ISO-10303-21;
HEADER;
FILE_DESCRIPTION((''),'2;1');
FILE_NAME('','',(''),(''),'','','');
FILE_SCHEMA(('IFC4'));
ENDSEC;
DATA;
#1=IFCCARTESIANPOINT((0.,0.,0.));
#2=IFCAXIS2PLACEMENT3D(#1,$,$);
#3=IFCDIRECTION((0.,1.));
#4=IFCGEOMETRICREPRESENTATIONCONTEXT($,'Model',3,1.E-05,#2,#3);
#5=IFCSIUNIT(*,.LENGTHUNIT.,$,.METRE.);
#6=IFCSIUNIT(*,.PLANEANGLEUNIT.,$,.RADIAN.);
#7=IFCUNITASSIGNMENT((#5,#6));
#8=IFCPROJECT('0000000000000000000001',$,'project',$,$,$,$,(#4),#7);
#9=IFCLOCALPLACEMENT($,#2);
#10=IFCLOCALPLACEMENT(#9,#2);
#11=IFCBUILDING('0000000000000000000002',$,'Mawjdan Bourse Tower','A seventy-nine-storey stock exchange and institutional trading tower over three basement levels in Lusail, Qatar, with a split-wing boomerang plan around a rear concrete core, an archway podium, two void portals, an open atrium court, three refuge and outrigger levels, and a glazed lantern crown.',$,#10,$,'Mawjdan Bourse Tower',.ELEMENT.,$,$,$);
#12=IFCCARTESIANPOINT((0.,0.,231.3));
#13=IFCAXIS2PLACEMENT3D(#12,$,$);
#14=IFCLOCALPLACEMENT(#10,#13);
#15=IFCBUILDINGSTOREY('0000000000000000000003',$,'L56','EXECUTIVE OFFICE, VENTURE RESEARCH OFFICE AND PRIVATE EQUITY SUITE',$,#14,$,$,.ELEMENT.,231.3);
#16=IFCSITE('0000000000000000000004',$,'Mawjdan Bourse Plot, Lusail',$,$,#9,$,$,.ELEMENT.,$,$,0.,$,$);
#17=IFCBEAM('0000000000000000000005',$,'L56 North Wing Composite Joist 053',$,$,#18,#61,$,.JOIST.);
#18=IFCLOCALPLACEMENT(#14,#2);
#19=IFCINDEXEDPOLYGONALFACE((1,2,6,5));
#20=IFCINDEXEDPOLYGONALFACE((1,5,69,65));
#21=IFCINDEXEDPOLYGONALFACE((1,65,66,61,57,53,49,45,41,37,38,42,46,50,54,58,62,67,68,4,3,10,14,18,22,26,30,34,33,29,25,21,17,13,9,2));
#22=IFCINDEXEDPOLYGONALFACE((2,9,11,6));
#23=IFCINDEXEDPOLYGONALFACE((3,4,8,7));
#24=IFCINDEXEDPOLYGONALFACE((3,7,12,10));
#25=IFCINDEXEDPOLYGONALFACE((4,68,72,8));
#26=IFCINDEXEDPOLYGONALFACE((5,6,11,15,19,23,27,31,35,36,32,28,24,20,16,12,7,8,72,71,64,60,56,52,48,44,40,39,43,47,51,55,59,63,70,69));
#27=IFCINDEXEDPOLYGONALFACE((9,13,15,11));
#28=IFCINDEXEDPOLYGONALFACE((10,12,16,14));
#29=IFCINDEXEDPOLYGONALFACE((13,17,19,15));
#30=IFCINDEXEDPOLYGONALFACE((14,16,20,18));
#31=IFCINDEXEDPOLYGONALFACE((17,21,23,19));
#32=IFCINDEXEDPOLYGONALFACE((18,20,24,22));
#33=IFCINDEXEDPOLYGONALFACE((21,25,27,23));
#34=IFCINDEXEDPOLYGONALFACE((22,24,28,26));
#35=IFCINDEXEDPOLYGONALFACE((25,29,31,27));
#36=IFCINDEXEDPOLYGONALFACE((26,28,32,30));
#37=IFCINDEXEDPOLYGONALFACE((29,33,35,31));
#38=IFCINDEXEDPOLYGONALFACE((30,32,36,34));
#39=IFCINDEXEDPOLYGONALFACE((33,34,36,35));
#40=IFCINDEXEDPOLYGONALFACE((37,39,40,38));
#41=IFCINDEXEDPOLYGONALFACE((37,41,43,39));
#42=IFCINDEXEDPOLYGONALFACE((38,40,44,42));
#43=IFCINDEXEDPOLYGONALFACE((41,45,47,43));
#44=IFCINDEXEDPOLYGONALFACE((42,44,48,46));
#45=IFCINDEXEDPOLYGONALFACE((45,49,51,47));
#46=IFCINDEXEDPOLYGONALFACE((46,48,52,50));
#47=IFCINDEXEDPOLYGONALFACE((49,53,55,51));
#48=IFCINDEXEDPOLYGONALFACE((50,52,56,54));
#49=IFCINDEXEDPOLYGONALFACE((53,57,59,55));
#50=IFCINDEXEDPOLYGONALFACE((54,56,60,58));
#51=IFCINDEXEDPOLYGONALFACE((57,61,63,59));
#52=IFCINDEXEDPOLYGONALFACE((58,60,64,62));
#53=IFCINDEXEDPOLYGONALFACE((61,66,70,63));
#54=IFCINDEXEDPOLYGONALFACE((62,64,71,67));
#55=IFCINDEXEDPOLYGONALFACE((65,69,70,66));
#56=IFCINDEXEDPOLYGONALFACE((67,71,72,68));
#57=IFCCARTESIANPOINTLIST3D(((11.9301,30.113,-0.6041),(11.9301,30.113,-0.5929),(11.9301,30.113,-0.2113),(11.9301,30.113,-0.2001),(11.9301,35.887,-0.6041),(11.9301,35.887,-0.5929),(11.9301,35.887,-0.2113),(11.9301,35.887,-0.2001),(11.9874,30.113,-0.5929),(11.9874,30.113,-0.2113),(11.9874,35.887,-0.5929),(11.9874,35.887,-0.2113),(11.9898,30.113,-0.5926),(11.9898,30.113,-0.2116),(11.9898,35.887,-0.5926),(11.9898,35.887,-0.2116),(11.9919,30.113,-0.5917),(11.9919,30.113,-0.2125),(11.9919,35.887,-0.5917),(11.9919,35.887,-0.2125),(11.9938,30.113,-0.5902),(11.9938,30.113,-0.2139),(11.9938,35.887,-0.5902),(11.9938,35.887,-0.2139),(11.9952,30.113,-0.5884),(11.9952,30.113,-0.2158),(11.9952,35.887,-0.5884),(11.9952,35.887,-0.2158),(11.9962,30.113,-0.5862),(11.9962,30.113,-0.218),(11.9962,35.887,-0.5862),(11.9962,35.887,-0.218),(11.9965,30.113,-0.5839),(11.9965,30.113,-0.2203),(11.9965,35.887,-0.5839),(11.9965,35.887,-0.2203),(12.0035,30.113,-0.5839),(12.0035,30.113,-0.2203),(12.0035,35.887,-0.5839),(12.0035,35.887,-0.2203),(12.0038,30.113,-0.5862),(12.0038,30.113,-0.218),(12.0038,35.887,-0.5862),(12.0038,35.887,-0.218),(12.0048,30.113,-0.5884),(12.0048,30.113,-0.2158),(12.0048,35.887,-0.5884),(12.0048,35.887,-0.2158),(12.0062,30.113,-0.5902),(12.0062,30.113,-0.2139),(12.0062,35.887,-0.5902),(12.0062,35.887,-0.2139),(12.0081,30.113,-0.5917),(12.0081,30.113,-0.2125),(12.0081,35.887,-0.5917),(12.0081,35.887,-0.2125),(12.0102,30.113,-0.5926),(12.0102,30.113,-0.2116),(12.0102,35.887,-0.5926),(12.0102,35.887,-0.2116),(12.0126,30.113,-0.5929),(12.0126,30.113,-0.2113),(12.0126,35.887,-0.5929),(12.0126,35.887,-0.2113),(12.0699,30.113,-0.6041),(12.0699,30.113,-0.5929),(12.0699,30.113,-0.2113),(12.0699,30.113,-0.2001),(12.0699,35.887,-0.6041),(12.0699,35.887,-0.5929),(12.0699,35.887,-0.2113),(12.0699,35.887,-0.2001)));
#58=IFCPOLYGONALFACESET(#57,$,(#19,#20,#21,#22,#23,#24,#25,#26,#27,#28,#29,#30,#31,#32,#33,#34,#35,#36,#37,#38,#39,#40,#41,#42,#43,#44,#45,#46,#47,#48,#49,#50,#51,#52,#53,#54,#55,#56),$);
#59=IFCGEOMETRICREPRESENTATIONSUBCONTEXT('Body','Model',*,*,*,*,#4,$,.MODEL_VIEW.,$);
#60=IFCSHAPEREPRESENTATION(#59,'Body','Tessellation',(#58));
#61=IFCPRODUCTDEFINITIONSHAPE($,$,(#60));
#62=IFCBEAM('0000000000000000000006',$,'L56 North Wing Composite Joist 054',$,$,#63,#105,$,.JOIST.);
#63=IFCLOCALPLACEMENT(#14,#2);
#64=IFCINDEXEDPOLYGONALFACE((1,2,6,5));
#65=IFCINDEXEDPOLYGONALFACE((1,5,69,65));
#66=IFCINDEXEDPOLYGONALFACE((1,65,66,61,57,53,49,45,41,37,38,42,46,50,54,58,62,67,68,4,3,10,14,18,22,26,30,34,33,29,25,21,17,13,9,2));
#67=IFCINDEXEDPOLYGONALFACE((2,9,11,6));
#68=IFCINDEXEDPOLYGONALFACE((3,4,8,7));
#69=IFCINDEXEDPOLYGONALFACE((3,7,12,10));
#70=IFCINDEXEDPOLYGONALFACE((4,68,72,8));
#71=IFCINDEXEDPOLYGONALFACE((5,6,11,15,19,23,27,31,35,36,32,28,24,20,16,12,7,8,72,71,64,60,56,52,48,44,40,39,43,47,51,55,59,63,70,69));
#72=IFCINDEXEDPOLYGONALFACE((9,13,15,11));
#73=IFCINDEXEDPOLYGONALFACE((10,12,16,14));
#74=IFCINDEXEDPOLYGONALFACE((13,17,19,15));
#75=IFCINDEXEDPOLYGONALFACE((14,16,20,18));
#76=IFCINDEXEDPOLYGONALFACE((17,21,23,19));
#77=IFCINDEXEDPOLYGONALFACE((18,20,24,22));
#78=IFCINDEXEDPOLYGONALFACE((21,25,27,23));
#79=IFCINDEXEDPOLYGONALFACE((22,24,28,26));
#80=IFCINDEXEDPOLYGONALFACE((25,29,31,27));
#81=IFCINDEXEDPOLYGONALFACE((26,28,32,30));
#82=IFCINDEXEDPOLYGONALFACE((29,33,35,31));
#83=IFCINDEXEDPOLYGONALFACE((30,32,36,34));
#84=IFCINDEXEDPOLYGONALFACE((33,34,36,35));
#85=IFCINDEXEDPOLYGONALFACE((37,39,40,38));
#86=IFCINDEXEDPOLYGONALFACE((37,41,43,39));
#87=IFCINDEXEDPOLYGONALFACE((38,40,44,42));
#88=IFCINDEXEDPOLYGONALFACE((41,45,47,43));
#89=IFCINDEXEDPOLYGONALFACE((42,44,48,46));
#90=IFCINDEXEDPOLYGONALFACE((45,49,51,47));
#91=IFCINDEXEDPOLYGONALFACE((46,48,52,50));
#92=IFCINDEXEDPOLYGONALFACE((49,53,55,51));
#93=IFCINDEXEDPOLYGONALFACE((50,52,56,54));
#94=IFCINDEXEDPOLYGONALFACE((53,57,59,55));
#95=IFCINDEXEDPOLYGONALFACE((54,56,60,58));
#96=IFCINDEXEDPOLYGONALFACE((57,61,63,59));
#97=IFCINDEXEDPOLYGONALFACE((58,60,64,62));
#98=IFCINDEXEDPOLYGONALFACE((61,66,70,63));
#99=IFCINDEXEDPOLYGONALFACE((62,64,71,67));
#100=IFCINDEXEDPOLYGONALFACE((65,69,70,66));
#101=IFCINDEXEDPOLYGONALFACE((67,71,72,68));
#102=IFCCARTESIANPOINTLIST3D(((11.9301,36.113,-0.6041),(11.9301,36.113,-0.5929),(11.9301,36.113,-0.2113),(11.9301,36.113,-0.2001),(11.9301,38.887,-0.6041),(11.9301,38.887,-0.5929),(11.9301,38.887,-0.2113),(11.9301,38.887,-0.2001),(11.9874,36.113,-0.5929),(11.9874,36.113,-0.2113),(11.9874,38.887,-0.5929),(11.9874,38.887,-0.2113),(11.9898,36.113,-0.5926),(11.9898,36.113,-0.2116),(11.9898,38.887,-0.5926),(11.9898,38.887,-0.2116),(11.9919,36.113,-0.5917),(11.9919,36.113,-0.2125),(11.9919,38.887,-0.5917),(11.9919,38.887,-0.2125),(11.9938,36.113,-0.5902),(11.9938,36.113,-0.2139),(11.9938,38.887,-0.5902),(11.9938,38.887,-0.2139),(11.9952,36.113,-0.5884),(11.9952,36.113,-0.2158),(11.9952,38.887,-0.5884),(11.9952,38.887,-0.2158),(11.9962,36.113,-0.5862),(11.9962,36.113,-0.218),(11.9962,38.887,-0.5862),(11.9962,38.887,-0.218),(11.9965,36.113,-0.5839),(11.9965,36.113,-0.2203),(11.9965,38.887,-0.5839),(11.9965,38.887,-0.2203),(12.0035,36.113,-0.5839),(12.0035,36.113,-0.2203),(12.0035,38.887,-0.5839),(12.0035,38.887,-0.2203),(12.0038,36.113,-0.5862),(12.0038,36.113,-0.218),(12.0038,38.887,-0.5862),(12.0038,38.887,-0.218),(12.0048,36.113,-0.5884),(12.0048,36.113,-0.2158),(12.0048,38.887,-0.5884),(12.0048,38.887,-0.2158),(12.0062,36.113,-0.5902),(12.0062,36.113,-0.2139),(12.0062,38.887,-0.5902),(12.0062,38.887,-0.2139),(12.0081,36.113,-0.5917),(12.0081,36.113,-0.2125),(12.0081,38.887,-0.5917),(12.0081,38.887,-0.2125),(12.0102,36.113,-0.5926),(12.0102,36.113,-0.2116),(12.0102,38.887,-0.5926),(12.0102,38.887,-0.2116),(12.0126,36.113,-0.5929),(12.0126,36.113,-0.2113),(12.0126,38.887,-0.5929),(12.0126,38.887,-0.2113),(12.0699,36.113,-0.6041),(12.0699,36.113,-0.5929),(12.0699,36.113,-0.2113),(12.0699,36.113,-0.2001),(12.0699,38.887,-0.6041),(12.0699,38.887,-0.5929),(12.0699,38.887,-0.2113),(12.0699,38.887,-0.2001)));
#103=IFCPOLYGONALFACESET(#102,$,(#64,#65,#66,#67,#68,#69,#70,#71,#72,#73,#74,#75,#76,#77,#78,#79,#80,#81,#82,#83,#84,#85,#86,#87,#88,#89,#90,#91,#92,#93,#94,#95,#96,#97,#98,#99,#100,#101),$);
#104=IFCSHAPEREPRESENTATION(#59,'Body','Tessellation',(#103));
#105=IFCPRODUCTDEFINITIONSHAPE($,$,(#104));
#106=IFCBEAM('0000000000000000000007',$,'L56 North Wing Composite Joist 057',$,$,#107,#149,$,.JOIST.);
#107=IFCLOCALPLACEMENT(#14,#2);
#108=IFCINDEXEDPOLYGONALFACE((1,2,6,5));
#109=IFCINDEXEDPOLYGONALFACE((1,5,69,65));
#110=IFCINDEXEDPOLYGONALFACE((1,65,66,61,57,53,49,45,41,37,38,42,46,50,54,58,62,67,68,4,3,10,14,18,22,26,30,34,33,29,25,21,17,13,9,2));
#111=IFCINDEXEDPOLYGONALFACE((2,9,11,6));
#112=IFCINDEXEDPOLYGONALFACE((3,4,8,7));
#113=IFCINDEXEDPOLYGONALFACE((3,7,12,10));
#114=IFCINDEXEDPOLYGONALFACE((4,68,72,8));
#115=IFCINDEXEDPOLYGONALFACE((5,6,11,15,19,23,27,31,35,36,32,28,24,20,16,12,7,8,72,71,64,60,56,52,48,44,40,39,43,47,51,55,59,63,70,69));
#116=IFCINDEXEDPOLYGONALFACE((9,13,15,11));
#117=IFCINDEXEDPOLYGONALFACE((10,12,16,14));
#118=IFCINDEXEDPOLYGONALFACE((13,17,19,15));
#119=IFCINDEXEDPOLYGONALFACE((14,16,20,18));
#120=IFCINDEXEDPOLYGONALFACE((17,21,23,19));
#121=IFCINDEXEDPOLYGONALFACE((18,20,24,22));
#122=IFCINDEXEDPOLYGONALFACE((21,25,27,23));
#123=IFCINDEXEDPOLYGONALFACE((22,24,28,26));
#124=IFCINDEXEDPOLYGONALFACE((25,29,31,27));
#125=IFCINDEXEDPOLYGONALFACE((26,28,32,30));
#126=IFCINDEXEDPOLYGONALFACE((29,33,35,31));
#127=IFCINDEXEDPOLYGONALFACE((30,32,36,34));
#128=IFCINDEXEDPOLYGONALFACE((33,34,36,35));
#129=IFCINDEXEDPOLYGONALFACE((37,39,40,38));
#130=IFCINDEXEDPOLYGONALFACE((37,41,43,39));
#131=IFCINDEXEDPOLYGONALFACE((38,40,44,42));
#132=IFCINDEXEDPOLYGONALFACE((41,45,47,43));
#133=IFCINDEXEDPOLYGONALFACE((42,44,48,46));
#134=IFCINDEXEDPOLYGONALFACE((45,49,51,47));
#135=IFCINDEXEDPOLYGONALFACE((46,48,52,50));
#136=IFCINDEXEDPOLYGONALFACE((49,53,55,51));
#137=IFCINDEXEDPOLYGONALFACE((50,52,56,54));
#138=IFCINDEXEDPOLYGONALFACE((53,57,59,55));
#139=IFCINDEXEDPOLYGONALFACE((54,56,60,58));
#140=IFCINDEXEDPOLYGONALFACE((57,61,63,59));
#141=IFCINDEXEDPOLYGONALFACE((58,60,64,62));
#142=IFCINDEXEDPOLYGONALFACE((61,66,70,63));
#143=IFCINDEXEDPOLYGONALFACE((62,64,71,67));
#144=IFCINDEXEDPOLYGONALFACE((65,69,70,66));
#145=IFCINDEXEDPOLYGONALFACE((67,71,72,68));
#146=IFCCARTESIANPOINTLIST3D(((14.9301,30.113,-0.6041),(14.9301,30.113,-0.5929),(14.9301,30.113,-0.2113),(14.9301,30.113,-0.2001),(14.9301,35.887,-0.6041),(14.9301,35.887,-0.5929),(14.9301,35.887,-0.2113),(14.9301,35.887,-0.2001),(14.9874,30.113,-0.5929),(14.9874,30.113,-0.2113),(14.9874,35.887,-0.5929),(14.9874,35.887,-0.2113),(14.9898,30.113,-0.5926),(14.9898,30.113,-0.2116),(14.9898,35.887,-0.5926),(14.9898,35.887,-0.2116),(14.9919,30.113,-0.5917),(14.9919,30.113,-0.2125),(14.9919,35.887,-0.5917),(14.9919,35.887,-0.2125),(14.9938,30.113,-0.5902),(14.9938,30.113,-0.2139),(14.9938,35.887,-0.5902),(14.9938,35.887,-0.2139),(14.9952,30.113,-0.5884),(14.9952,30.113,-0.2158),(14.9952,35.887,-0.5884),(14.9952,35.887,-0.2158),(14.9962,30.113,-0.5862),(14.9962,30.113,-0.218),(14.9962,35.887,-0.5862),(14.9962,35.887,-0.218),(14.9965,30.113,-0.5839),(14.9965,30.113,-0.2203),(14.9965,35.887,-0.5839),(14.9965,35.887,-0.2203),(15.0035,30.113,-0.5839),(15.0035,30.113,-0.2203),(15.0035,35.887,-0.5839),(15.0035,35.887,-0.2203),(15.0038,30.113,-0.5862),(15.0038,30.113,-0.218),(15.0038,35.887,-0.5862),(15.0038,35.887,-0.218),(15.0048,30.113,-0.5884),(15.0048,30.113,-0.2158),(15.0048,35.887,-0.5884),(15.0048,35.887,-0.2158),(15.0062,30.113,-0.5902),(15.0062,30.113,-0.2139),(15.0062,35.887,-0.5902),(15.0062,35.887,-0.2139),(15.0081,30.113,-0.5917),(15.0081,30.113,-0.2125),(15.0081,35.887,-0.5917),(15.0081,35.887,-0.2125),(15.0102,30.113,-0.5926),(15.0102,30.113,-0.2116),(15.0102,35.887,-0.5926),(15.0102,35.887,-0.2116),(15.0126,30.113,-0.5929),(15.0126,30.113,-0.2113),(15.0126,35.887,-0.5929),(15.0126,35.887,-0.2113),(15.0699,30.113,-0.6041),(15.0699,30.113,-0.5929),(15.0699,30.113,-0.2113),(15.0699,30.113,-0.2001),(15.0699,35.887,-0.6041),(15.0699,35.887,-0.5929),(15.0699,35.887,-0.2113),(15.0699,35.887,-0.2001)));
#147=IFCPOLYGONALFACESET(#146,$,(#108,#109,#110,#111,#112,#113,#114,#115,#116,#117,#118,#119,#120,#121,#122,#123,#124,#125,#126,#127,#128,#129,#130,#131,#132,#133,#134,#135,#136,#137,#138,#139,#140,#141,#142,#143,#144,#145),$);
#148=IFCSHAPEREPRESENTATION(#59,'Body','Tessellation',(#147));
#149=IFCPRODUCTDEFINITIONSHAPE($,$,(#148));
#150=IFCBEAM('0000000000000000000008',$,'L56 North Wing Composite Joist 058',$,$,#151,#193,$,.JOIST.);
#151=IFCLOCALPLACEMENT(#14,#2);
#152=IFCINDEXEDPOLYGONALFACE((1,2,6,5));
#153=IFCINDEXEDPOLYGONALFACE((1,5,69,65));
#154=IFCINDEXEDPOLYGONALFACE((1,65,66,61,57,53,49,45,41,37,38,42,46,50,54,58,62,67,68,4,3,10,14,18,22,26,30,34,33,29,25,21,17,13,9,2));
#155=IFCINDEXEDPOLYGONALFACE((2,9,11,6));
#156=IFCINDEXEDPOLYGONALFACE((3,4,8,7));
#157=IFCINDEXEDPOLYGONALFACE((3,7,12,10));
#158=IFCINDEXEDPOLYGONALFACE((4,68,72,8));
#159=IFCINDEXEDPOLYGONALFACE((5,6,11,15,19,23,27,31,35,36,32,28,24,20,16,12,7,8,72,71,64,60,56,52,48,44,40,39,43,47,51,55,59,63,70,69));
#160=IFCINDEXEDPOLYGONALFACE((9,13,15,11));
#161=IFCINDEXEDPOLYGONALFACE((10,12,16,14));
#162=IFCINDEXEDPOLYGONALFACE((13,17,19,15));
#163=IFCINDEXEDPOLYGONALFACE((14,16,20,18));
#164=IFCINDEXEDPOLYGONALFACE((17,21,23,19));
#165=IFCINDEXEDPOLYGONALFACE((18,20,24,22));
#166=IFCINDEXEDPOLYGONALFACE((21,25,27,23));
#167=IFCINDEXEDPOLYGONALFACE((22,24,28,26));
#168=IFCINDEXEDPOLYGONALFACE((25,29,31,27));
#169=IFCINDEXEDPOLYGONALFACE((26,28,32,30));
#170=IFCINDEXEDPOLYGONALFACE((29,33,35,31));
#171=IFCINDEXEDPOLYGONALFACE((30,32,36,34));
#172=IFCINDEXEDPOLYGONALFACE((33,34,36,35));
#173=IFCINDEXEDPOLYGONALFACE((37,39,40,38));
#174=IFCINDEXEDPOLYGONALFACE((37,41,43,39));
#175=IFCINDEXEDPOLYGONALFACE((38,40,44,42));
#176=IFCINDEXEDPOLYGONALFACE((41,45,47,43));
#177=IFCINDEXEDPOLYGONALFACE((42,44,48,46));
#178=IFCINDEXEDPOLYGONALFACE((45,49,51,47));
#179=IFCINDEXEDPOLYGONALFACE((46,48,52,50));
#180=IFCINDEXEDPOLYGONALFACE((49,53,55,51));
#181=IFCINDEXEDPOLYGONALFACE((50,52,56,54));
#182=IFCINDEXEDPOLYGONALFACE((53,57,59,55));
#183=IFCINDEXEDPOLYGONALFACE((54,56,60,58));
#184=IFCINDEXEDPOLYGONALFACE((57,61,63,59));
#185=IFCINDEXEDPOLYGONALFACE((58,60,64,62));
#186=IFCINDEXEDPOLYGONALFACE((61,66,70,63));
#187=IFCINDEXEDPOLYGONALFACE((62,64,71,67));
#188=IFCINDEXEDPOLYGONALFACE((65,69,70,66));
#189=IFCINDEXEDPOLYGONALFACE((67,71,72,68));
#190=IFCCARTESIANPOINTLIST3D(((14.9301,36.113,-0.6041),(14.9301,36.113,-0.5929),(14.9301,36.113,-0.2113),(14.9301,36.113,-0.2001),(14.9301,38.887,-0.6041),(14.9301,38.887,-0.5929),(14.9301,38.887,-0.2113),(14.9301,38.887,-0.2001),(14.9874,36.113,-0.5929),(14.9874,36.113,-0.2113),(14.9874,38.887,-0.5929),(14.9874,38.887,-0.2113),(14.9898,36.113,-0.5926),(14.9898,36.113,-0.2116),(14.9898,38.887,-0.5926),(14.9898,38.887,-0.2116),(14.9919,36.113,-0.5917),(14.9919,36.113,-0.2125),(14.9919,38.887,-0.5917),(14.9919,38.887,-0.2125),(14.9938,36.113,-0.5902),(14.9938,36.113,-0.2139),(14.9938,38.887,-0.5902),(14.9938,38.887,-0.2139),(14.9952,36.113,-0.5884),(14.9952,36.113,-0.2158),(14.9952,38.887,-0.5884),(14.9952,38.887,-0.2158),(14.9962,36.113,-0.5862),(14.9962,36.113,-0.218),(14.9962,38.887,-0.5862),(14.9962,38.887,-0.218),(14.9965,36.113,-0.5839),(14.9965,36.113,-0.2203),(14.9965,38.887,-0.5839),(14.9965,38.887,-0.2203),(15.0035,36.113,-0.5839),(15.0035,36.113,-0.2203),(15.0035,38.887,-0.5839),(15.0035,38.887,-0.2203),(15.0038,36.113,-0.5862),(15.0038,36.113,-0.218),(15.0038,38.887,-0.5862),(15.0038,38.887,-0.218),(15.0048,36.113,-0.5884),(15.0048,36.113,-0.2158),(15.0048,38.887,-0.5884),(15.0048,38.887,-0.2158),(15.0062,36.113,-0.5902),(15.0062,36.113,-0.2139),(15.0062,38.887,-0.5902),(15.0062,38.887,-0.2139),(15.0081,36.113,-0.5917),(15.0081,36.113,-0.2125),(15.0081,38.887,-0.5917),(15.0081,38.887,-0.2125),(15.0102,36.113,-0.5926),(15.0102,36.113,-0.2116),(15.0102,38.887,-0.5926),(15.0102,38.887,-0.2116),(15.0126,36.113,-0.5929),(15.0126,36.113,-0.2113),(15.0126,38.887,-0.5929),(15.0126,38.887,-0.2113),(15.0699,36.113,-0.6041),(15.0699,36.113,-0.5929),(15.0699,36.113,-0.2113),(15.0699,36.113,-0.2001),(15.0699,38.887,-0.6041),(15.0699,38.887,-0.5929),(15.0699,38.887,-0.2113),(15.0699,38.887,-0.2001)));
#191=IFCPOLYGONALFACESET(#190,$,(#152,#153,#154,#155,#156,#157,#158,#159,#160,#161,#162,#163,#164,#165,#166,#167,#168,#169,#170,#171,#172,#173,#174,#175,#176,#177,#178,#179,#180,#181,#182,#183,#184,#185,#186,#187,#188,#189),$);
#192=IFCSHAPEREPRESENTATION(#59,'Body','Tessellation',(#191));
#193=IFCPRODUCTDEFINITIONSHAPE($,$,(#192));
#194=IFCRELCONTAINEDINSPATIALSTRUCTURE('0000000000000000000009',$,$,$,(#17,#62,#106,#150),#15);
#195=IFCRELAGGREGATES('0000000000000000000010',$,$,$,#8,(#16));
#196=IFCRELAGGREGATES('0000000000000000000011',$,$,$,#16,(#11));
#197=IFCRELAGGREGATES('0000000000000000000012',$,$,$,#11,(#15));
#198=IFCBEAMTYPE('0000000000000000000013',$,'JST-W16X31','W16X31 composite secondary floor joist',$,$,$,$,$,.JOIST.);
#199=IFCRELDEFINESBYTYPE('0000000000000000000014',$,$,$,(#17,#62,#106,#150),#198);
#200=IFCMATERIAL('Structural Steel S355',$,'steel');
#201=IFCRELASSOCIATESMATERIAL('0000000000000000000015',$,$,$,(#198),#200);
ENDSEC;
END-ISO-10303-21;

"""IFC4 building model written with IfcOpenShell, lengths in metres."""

from ifc_helpers import new_model, si_unit, direction, frame, origin, origin_2d, place, context, subcontext, project, spatial, i_section, extrude, material, material_profile, profile_set, type_object, element, save


model = new_model("IFC4")

# Units and contexts
model_context = context("Model", 3, precision=1e-05, world=origin(), true_north=direction((0.0, 1.0)))
body_context = subcontext(model_context, "Body", "Model", "MODEL_VIEW")
ifc_project = project(units=[si_unit("LENGTHUNIT", "METRE"), si_unit("PLANEANGLEUNIT", "RADIAN")], contexts=[model_context])

# Site, building, storey
site_placement = place(None, origin())
site = spatial("IfcSite", under=ifc_project, at=site_placement, Name="Mawjdan Bourse Plot, Lusail", CompositionType="ELEMENT", RefElevation=0.0)
building_placement = place(site_placement, origin())
building = spatial("IfcBuilding", under=site, at=building_placement, Name="Mawjdan Bourse Tower", Description="A seventy-nine-storey stock exchange and institutional trading tower over three basement levels in Lusail, Qatar, with a split-wing boomerang plan around a rear concrete core, an archway podium, two void portals, an open atrium court, three refuge and outrigger levels, and a glazed lantern crown.", LongName="Mawjdan Bourse Tower", CompositionType="ELEMENT")
storey_placement = place(building_placement, frame((0.0, 0.0, 231.3)))
storey = spatial("IfcBuildingStorey", under=building, at=storey_placement, Name="L56", Description="EXECUTIVE OFFICE, VENTURE RESEARCH OFFICE AND PRIVATE EQUITY SUITE", CompositionType="ELEMENT", Elevation=231.3)

# Beams
ifc_material_1 = material(Name="Structural Steel S355", Category="steel")
ifc_material_profile_1 = material_profile(ifc_material_1, i_section(OverallWidth=0.1399, OverallDepth=0.4041, WebThickness=0.0071, FlangeThickness=0.0112, FilletRadius=0.009, at=origin_2d()), Name="W16X31")
ifc_profile_set_1 = profile_set([ifc_material_profile_1], Name="Structural Steel S355")
beam_type_1 = type_object("IfcBeamType", Name="JST-W16X31", Description="W16X31 composite secondary floor joist", PredefinedType="JOIST", material=ifc_profile_set_1)
beam_1_placement = place(storey_placement, frame((12.0, 30.113, -0.4021), z_axis=(0.0, 1.0, 0.0), x_axis=(-1.0, 0.0, 0.0)))
element("IfcBeam", 1, at=beam_1_placement, inside=storey, type_object=beam_type_1, Name="L56 North Wing Composite Joist 053", PredefinedType="JOIST", context=body_context, shape_type="SweptSolid", body=[
    extrude(i_section(OverallWidth=0.1399, OverallDepth=0.4041, WebThickness=0.0071, FlangeThickness=0.0112, FilletRadius=0.009, at=origin_2d()), origin(), (0.0, 0.0, 1.0), 5.7739),
])
beam_2_placement = place(storey_placement, frame((12.0, 36.113, -0.4021), z_axis=(0.0, 1.0, 0.0), x_axis=(-1.0, 0.0, 0.0)))
element("IfcBeam", 2, at=beam_2_placement, inside=storey, type_object=beam_type_1, Name="L56 North Wing Composite Joist 054", PredefinedType="JOIST", context=body_context, shape_type="SweptSolid", body=[
    extrude(i_section(OverallWidth=0.1399, OverallDepth=0.4041, WebThickness=0.0071, FlangeThickness=0.0112, FilletRadius=0.009, at=origin_2d()), origin(), (0.0, 0.0, 1.0), 2.7739),
])
beam_3_placement = place(storey_placement, frame((15.0, 30.113, -0.4021), z_axis=(0.0, 1.0, 0.0), x_axis=(-1.0, 0.0, 0.0)))
element("IfcBeam", 3, at=beam_3_placement, inside=storey, type_object=beam_type_1, Name="L56 North Wing Composite Joist 057", PredefinedType="JOIST", context=body_context, shape_type="SweptSolid", body=[
    extrude(i_section(OverallWidth=0.1399, OverallDepth=0.4041, WebThickness=0.0071, FlangeThickness=0.0112, FilletRadius=0.009, at=origin_2d()), origin(), (0.0, 0.0, 1.0), 5.7739),
])
beam_4_placement = place(storey_placement, frame((15.0, 36.113, -0.4021), z_axis=(0.0, 1.0, 0.0), x_axis=(-1.0, 0.0, 0.0)))
element("IfcBeam", 4, at=beam_4_placement, inside=storey, type_object=beam_type_1, Name="L56 North Wing Composite Joist 058", PredefinedType="JOIST", context=body_context, shape_type="SweptSolid", body=[
    extrude(i_section(OverallWidth=0.1399, OverallDepth=0.4041, WebThickness=0.0071, FlangeThickness=0.0112, FilletRadius=0.009, at=origin_2d()), origin(), (0.0, 0.0, 1.0), 2.7739),
])

save(model, "model.ifc")
